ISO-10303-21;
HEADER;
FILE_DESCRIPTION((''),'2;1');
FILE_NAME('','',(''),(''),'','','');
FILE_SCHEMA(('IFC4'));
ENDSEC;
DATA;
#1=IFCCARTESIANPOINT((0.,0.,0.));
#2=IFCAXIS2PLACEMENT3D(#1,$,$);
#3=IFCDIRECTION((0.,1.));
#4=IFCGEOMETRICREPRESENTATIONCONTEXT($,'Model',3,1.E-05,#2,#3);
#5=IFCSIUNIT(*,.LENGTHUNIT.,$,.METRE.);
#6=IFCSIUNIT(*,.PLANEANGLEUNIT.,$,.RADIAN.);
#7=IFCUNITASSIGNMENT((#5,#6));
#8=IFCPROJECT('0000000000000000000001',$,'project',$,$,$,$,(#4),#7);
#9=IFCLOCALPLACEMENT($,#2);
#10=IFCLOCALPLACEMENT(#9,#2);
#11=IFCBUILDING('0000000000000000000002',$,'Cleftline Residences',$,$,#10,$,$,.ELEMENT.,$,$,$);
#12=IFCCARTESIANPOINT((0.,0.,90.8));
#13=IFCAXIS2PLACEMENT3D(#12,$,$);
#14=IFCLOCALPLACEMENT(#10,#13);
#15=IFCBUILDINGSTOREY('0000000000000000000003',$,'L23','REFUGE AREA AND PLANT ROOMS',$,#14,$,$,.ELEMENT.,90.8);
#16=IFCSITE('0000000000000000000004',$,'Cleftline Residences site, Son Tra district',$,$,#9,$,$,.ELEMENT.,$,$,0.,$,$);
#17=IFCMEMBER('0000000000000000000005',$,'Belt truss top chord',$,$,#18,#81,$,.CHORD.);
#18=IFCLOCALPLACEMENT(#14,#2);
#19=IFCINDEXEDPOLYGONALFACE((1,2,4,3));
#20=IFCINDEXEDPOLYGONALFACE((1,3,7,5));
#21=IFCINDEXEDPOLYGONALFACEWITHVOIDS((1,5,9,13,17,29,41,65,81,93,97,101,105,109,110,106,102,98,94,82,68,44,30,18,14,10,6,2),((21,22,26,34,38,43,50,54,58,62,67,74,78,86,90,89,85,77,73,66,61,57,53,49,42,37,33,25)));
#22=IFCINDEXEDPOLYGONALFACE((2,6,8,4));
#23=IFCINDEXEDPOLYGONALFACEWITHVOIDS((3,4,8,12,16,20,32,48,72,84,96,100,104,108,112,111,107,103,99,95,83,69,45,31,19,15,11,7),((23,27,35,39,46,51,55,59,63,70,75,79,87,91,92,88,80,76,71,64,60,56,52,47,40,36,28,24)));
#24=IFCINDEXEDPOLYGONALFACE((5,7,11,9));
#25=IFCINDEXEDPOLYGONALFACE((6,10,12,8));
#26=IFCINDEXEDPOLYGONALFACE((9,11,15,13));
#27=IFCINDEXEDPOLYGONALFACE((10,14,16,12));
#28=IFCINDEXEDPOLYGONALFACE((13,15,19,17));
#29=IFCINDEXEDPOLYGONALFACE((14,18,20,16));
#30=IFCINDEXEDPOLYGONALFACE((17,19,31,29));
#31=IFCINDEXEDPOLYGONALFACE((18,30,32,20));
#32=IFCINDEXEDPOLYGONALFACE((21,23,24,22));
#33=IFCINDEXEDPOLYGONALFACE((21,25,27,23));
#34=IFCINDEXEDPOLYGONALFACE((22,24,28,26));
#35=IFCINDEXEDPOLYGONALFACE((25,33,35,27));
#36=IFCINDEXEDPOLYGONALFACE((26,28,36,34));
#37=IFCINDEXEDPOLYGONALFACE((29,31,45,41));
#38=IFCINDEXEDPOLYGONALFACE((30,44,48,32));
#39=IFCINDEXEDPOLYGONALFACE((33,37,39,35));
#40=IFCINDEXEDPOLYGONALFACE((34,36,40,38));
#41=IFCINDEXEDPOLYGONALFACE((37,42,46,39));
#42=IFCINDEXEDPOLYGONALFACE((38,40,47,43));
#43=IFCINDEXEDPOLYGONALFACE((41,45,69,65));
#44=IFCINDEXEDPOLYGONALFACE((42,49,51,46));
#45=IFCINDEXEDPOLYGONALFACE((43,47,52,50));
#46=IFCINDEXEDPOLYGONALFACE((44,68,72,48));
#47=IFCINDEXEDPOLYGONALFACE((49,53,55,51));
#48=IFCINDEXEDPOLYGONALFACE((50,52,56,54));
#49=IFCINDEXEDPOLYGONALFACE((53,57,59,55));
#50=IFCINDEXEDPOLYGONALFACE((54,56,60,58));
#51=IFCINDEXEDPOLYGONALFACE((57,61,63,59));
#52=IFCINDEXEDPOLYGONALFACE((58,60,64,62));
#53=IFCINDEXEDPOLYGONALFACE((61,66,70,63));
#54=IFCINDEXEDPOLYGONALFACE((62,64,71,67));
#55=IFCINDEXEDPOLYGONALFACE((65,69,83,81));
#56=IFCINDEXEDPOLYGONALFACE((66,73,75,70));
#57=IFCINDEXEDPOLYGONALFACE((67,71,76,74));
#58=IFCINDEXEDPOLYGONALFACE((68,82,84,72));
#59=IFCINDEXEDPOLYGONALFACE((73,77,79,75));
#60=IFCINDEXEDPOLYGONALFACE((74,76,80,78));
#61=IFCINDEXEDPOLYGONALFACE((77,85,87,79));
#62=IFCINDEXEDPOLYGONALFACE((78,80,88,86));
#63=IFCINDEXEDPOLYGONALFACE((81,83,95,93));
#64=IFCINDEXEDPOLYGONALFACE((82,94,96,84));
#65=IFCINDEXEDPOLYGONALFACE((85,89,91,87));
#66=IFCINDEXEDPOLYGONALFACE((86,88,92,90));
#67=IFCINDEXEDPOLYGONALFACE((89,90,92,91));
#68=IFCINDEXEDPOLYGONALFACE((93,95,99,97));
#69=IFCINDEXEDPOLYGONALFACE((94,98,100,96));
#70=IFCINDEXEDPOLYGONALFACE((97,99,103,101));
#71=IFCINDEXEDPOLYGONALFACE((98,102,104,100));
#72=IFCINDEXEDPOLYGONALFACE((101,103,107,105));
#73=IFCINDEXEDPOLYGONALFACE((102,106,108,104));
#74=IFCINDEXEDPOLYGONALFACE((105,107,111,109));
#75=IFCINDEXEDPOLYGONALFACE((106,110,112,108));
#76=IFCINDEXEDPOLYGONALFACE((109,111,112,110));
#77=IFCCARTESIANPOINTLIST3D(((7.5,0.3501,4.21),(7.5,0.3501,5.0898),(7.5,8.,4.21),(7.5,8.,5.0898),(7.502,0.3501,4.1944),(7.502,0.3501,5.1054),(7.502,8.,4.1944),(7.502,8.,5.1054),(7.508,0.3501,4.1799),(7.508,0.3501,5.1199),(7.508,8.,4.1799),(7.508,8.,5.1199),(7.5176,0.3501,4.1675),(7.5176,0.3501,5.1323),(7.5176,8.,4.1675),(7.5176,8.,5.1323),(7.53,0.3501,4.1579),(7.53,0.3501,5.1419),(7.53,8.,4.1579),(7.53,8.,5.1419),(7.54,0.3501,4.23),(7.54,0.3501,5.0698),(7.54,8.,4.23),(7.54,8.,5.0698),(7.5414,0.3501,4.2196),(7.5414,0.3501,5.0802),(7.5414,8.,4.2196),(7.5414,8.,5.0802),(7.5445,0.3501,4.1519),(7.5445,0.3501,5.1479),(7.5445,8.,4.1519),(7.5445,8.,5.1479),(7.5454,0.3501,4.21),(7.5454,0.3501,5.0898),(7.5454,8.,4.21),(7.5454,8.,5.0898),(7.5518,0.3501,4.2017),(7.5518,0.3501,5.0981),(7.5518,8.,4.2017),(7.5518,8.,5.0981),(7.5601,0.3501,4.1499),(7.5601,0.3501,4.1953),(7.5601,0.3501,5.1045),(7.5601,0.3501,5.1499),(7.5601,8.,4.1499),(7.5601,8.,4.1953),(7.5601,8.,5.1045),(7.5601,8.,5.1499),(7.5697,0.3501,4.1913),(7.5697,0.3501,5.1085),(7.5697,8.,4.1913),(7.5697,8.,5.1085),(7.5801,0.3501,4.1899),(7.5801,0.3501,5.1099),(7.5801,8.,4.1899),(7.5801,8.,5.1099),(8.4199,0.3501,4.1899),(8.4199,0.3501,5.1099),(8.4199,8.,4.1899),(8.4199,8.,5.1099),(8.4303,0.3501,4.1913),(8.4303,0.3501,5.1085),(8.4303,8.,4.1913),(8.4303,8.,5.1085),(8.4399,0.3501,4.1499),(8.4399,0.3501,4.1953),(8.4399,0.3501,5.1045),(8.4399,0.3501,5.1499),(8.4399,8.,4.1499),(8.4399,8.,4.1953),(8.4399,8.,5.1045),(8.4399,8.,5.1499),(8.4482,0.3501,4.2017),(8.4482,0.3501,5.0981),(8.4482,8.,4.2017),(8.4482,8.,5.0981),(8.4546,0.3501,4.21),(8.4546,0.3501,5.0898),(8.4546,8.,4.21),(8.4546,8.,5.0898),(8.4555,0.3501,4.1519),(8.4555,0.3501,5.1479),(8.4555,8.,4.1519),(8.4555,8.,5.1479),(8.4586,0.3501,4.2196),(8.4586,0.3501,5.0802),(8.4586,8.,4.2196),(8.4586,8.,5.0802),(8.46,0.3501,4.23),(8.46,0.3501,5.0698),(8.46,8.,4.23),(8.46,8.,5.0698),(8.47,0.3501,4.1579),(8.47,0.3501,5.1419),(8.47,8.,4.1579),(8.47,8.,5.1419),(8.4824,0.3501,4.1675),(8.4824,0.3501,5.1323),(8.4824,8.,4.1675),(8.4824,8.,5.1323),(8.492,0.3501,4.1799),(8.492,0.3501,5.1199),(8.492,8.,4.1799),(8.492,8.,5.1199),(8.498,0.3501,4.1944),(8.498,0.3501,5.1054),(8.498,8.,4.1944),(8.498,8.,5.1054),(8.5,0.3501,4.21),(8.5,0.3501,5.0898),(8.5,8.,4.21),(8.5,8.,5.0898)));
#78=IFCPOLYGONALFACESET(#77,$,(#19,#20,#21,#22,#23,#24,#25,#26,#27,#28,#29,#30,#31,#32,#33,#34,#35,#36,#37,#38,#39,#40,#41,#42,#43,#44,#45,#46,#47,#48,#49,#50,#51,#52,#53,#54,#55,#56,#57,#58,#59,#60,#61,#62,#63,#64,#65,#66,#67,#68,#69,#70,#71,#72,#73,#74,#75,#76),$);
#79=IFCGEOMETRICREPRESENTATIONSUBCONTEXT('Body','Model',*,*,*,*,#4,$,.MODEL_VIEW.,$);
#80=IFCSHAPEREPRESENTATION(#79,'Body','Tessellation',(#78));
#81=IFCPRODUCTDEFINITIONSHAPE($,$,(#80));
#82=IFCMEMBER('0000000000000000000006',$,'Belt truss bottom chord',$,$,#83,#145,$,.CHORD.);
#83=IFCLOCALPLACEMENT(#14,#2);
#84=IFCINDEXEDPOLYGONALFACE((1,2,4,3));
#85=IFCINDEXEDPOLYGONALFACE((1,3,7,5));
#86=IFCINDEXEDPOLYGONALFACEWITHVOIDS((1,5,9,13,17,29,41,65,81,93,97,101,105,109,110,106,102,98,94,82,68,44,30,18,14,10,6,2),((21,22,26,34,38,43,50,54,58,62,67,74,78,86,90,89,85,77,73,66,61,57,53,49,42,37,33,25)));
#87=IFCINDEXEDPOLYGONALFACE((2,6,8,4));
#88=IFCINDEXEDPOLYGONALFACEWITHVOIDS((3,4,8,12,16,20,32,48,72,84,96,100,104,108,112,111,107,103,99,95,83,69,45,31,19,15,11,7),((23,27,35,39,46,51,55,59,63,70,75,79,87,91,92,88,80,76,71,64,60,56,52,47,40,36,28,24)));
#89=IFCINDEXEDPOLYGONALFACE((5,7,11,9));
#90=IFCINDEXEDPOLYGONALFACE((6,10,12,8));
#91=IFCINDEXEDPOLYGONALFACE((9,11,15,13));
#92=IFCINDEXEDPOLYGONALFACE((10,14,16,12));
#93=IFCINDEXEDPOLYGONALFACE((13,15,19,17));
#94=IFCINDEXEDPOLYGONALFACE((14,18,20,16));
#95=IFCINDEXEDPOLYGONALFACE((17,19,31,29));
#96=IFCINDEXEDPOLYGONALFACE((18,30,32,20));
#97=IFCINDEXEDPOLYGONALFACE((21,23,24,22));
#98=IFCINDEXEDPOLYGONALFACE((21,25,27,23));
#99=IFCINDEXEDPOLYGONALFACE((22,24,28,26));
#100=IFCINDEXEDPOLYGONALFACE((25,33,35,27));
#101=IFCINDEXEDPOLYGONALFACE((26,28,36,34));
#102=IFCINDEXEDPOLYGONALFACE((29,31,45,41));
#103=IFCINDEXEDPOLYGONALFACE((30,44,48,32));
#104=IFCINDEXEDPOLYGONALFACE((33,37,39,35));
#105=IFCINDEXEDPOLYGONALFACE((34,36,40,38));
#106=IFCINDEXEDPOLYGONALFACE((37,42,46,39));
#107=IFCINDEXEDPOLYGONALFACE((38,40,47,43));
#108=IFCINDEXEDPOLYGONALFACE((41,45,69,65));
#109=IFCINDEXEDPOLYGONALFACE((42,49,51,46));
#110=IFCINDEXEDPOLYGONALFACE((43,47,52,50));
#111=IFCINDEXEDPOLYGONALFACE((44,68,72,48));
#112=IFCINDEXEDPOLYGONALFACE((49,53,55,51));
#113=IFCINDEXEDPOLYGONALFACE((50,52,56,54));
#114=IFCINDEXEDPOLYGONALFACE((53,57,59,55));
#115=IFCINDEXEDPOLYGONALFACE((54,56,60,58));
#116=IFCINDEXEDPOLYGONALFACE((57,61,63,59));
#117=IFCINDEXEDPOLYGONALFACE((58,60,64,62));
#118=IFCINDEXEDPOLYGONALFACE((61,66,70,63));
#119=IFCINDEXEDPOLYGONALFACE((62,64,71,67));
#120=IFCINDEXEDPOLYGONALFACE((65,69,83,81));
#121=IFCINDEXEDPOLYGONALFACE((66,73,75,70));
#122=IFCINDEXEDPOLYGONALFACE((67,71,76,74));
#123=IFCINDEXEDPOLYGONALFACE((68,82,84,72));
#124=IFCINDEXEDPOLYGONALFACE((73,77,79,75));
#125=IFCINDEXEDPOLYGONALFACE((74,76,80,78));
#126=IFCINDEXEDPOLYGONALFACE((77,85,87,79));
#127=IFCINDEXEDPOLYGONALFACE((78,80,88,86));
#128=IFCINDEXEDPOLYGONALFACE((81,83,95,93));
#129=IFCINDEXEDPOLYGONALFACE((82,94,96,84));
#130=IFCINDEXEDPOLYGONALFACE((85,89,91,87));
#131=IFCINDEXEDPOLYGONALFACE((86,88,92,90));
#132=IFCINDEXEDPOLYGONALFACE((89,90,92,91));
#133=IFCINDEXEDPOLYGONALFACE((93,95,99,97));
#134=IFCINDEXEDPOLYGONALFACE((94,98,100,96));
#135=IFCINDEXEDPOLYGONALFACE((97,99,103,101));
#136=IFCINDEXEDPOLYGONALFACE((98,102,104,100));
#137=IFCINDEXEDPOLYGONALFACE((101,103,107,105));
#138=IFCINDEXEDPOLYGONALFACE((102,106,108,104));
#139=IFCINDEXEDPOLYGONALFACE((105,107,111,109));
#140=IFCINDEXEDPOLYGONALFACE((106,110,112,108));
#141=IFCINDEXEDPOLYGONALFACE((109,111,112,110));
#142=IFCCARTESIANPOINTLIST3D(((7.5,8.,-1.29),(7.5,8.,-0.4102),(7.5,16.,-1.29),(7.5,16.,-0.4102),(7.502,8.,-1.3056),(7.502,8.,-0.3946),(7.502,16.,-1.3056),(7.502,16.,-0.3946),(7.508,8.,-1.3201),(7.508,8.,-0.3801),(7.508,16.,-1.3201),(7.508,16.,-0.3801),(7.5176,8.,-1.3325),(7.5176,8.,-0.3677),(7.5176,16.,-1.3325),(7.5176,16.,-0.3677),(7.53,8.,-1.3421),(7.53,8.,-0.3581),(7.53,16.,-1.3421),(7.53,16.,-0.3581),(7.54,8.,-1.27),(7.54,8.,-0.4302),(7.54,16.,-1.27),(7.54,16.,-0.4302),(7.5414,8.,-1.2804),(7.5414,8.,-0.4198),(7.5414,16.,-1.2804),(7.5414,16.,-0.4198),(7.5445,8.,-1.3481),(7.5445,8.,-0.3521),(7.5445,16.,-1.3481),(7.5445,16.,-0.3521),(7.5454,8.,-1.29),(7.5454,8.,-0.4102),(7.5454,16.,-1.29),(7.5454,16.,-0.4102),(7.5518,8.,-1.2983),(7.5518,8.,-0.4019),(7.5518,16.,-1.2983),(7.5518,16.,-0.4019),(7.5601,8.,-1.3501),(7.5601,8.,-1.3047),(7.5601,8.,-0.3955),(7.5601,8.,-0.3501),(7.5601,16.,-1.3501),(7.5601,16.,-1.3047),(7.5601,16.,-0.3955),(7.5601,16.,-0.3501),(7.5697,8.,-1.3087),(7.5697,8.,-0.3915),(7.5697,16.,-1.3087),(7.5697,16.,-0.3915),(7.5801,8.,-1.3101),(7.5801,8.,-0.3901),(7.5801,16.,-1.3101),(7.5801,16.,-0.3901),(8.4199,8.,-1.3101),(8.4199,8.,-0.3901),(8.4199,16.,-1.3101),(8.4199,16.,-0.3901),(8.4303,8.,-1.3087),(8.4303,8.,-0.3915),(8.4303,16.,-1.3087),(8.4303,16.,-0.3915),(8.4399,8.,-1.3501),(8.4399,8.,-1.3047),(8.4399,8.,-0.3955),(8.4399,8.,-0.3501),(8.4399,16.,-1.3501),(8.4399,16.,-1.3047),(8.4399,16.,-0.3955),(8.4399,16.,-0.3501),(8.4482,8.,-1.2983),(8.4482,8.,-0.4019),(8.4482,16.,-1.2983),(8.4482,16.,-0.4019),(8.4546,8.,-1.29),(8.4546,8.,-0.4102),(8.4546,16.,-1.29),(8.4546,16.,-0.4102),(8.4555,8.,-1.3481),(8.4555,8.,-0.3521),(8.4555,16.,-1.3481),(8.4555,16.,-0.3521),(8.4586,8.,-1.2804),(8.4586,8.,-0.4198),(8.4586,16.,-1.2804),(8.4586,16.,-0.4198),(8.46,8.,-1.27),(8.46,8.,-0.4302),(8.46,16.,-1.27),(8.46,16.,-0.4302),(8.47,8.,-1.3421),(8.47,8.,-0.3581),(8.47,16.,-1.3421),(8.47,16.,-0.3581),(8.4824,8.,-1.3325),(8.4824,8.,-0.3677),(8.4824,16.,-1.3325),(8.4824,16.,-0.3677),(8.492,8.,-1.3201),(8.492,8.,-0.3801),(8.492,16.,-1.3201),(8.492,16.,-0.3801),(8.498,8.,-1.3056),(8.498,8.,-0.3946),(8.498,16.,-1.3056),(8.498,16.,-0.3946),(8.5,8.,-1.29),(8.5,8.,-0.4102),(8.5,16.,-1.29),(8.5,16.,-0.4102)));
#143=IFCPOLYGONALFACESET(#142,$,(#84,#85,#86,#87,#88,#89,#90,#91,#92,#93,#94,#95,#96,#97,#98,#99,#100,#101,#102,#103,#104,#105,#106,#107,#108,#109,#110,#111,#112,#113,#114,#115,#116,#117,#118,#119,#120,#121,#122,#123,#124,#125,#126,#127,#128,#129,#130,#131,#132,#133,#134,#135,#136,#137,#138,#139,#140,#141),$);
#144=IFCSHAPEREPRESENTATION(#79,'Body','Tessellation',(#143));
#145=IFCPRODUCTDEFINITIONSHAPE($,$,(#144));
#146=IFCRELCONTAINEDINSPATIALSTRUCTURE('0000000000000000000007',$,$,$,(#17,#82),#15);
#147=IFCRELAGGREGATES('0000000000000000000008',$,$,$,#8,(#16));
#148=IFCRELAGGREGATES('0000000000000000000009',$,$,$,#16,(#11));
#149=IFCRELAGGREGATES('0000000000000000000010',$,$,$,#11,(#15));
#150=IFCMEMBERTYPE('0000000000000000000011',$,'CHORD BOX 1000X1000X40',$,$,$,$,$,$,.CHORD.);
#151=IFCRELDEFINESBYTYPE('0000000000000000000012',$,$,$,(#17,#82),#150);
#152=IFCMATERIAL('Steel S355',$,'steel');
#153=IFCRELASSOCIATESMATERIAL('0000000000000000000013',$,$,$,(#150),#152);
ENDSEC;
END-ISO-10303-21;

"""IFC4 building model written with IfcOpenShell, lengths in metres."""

from ifc_helpers import new_model, si_unit, direction, frame, origin, origin_2d, place, context, subcontext, project, spatial, hollow_rectangle, extrude, material, material_profile, profile_set, type_object, element, save


model = new_model("IFC4")

# Units and contexts
model_context = context("Model", 3, precision=1e-05, world=origin(), true_north=direction((0.0, 1.0)))
body_context = subcontext(model_context, "Body", "Model", "MODEL_VIEW")
ifc_project = project(units=[si_unit("LENGTHUNIT", "METRE"), si_unit("PLANEANGLEUNIT", "RADIAN")], contexts=[model_context])

# Site, building, storey
site_placement = place(None, origin())
site = spatial("IfcSite", under=ifc_project, at=site_placement, Name="Cleftline Residences site, Son Tra district", CompositionType="ELEMENT", RefElevation=0.0)
building_placement = place(site_placement, origin())
building = spatial("IfcBuilding", under=site, at=building_placement, Name="Cleftline Residences", CompositionType="ELEMENT")
storey_placement = place(building_placement, frame((0.0, 0.0, 90.8)))
storey = spatial("IfcBuildingStorey", under=building, at=storey_placement, Name="L23", Description="REFUGE AREA AND PLANT ROOMS", CompositionType="ELEMENT", Elevation=90.8)

# Members
ifc_material_1 = material(Name="Steel S355", Category="steel")
ifc_material_profile_1 = material_profile(ifc_material_1, hollow_rectangle(XDim=1.0, YDim=1.0, WallThickness=0.04, InnerFilletRadius=0.04, OuterFilletRadius=0.0601, at=origin_2d()))
ifc_profile_set_1 = profile_set([ifc_material_profile_1], Name="Steel S355")
member_type_1 = type_object("IfcMemberType", Name="CHORD BOX 1000X1000X40", PredefinedType="CHORD", material=ifc_profile_set_1)
for number, where, z_axis, x_axis, name in (
    (1, (8.0, 0.3501, 4.6499), (0.0, 1.0, 0.0), (-1.0, 0.0, 0.0), "Belt truss top chord"),
):
    element("IfcMember", number, at=place(storey_placement, frame(where, z_axis=z_axis, x_axis=x_axis)), inside=storey, type_object=member_type_1, Name=name, PredefinedType="CHORD", context=body_context, shape_type="SweptSolid", body=[
        extrude(hollow_rectangle(XDim=1.0, YDim=1.0, WallThickness=0.04, InnerFilletRadius=0.04, OuterFilletRadius=0.0601, at=origin_2d()), origin(), (0.0, 0.0, 1.0), 7.6499),
    ])
for number, where, z_axis, x_axis, name in (
    (2, (8.0, 8.0, -0.8501), (0.0, 1.0, 0.0), (-1.0, 0.0, 0.0), "Belt truss bottom chord"),
):
    element("IfcMember", number, at=place(storey_placement, frame(where, z_axis=z_axis, x_axis=x_axis)), inside=storey, type_object=member_type_1, Name=name, PredefinedType="CHORD", context=body_context, shape_type="SweptSolid", body=[
        extrude(hollow_rectangle(XDim=1.0, YDim=1.0, WallThickness=0.04, InnerFilletRadius=0.04, OuterFilletRadius=0.0601, at=origin_2d()), origin(), (0.0, 0.0, 1.0), 8.0),
    ])

save(model, "model.ifc")
